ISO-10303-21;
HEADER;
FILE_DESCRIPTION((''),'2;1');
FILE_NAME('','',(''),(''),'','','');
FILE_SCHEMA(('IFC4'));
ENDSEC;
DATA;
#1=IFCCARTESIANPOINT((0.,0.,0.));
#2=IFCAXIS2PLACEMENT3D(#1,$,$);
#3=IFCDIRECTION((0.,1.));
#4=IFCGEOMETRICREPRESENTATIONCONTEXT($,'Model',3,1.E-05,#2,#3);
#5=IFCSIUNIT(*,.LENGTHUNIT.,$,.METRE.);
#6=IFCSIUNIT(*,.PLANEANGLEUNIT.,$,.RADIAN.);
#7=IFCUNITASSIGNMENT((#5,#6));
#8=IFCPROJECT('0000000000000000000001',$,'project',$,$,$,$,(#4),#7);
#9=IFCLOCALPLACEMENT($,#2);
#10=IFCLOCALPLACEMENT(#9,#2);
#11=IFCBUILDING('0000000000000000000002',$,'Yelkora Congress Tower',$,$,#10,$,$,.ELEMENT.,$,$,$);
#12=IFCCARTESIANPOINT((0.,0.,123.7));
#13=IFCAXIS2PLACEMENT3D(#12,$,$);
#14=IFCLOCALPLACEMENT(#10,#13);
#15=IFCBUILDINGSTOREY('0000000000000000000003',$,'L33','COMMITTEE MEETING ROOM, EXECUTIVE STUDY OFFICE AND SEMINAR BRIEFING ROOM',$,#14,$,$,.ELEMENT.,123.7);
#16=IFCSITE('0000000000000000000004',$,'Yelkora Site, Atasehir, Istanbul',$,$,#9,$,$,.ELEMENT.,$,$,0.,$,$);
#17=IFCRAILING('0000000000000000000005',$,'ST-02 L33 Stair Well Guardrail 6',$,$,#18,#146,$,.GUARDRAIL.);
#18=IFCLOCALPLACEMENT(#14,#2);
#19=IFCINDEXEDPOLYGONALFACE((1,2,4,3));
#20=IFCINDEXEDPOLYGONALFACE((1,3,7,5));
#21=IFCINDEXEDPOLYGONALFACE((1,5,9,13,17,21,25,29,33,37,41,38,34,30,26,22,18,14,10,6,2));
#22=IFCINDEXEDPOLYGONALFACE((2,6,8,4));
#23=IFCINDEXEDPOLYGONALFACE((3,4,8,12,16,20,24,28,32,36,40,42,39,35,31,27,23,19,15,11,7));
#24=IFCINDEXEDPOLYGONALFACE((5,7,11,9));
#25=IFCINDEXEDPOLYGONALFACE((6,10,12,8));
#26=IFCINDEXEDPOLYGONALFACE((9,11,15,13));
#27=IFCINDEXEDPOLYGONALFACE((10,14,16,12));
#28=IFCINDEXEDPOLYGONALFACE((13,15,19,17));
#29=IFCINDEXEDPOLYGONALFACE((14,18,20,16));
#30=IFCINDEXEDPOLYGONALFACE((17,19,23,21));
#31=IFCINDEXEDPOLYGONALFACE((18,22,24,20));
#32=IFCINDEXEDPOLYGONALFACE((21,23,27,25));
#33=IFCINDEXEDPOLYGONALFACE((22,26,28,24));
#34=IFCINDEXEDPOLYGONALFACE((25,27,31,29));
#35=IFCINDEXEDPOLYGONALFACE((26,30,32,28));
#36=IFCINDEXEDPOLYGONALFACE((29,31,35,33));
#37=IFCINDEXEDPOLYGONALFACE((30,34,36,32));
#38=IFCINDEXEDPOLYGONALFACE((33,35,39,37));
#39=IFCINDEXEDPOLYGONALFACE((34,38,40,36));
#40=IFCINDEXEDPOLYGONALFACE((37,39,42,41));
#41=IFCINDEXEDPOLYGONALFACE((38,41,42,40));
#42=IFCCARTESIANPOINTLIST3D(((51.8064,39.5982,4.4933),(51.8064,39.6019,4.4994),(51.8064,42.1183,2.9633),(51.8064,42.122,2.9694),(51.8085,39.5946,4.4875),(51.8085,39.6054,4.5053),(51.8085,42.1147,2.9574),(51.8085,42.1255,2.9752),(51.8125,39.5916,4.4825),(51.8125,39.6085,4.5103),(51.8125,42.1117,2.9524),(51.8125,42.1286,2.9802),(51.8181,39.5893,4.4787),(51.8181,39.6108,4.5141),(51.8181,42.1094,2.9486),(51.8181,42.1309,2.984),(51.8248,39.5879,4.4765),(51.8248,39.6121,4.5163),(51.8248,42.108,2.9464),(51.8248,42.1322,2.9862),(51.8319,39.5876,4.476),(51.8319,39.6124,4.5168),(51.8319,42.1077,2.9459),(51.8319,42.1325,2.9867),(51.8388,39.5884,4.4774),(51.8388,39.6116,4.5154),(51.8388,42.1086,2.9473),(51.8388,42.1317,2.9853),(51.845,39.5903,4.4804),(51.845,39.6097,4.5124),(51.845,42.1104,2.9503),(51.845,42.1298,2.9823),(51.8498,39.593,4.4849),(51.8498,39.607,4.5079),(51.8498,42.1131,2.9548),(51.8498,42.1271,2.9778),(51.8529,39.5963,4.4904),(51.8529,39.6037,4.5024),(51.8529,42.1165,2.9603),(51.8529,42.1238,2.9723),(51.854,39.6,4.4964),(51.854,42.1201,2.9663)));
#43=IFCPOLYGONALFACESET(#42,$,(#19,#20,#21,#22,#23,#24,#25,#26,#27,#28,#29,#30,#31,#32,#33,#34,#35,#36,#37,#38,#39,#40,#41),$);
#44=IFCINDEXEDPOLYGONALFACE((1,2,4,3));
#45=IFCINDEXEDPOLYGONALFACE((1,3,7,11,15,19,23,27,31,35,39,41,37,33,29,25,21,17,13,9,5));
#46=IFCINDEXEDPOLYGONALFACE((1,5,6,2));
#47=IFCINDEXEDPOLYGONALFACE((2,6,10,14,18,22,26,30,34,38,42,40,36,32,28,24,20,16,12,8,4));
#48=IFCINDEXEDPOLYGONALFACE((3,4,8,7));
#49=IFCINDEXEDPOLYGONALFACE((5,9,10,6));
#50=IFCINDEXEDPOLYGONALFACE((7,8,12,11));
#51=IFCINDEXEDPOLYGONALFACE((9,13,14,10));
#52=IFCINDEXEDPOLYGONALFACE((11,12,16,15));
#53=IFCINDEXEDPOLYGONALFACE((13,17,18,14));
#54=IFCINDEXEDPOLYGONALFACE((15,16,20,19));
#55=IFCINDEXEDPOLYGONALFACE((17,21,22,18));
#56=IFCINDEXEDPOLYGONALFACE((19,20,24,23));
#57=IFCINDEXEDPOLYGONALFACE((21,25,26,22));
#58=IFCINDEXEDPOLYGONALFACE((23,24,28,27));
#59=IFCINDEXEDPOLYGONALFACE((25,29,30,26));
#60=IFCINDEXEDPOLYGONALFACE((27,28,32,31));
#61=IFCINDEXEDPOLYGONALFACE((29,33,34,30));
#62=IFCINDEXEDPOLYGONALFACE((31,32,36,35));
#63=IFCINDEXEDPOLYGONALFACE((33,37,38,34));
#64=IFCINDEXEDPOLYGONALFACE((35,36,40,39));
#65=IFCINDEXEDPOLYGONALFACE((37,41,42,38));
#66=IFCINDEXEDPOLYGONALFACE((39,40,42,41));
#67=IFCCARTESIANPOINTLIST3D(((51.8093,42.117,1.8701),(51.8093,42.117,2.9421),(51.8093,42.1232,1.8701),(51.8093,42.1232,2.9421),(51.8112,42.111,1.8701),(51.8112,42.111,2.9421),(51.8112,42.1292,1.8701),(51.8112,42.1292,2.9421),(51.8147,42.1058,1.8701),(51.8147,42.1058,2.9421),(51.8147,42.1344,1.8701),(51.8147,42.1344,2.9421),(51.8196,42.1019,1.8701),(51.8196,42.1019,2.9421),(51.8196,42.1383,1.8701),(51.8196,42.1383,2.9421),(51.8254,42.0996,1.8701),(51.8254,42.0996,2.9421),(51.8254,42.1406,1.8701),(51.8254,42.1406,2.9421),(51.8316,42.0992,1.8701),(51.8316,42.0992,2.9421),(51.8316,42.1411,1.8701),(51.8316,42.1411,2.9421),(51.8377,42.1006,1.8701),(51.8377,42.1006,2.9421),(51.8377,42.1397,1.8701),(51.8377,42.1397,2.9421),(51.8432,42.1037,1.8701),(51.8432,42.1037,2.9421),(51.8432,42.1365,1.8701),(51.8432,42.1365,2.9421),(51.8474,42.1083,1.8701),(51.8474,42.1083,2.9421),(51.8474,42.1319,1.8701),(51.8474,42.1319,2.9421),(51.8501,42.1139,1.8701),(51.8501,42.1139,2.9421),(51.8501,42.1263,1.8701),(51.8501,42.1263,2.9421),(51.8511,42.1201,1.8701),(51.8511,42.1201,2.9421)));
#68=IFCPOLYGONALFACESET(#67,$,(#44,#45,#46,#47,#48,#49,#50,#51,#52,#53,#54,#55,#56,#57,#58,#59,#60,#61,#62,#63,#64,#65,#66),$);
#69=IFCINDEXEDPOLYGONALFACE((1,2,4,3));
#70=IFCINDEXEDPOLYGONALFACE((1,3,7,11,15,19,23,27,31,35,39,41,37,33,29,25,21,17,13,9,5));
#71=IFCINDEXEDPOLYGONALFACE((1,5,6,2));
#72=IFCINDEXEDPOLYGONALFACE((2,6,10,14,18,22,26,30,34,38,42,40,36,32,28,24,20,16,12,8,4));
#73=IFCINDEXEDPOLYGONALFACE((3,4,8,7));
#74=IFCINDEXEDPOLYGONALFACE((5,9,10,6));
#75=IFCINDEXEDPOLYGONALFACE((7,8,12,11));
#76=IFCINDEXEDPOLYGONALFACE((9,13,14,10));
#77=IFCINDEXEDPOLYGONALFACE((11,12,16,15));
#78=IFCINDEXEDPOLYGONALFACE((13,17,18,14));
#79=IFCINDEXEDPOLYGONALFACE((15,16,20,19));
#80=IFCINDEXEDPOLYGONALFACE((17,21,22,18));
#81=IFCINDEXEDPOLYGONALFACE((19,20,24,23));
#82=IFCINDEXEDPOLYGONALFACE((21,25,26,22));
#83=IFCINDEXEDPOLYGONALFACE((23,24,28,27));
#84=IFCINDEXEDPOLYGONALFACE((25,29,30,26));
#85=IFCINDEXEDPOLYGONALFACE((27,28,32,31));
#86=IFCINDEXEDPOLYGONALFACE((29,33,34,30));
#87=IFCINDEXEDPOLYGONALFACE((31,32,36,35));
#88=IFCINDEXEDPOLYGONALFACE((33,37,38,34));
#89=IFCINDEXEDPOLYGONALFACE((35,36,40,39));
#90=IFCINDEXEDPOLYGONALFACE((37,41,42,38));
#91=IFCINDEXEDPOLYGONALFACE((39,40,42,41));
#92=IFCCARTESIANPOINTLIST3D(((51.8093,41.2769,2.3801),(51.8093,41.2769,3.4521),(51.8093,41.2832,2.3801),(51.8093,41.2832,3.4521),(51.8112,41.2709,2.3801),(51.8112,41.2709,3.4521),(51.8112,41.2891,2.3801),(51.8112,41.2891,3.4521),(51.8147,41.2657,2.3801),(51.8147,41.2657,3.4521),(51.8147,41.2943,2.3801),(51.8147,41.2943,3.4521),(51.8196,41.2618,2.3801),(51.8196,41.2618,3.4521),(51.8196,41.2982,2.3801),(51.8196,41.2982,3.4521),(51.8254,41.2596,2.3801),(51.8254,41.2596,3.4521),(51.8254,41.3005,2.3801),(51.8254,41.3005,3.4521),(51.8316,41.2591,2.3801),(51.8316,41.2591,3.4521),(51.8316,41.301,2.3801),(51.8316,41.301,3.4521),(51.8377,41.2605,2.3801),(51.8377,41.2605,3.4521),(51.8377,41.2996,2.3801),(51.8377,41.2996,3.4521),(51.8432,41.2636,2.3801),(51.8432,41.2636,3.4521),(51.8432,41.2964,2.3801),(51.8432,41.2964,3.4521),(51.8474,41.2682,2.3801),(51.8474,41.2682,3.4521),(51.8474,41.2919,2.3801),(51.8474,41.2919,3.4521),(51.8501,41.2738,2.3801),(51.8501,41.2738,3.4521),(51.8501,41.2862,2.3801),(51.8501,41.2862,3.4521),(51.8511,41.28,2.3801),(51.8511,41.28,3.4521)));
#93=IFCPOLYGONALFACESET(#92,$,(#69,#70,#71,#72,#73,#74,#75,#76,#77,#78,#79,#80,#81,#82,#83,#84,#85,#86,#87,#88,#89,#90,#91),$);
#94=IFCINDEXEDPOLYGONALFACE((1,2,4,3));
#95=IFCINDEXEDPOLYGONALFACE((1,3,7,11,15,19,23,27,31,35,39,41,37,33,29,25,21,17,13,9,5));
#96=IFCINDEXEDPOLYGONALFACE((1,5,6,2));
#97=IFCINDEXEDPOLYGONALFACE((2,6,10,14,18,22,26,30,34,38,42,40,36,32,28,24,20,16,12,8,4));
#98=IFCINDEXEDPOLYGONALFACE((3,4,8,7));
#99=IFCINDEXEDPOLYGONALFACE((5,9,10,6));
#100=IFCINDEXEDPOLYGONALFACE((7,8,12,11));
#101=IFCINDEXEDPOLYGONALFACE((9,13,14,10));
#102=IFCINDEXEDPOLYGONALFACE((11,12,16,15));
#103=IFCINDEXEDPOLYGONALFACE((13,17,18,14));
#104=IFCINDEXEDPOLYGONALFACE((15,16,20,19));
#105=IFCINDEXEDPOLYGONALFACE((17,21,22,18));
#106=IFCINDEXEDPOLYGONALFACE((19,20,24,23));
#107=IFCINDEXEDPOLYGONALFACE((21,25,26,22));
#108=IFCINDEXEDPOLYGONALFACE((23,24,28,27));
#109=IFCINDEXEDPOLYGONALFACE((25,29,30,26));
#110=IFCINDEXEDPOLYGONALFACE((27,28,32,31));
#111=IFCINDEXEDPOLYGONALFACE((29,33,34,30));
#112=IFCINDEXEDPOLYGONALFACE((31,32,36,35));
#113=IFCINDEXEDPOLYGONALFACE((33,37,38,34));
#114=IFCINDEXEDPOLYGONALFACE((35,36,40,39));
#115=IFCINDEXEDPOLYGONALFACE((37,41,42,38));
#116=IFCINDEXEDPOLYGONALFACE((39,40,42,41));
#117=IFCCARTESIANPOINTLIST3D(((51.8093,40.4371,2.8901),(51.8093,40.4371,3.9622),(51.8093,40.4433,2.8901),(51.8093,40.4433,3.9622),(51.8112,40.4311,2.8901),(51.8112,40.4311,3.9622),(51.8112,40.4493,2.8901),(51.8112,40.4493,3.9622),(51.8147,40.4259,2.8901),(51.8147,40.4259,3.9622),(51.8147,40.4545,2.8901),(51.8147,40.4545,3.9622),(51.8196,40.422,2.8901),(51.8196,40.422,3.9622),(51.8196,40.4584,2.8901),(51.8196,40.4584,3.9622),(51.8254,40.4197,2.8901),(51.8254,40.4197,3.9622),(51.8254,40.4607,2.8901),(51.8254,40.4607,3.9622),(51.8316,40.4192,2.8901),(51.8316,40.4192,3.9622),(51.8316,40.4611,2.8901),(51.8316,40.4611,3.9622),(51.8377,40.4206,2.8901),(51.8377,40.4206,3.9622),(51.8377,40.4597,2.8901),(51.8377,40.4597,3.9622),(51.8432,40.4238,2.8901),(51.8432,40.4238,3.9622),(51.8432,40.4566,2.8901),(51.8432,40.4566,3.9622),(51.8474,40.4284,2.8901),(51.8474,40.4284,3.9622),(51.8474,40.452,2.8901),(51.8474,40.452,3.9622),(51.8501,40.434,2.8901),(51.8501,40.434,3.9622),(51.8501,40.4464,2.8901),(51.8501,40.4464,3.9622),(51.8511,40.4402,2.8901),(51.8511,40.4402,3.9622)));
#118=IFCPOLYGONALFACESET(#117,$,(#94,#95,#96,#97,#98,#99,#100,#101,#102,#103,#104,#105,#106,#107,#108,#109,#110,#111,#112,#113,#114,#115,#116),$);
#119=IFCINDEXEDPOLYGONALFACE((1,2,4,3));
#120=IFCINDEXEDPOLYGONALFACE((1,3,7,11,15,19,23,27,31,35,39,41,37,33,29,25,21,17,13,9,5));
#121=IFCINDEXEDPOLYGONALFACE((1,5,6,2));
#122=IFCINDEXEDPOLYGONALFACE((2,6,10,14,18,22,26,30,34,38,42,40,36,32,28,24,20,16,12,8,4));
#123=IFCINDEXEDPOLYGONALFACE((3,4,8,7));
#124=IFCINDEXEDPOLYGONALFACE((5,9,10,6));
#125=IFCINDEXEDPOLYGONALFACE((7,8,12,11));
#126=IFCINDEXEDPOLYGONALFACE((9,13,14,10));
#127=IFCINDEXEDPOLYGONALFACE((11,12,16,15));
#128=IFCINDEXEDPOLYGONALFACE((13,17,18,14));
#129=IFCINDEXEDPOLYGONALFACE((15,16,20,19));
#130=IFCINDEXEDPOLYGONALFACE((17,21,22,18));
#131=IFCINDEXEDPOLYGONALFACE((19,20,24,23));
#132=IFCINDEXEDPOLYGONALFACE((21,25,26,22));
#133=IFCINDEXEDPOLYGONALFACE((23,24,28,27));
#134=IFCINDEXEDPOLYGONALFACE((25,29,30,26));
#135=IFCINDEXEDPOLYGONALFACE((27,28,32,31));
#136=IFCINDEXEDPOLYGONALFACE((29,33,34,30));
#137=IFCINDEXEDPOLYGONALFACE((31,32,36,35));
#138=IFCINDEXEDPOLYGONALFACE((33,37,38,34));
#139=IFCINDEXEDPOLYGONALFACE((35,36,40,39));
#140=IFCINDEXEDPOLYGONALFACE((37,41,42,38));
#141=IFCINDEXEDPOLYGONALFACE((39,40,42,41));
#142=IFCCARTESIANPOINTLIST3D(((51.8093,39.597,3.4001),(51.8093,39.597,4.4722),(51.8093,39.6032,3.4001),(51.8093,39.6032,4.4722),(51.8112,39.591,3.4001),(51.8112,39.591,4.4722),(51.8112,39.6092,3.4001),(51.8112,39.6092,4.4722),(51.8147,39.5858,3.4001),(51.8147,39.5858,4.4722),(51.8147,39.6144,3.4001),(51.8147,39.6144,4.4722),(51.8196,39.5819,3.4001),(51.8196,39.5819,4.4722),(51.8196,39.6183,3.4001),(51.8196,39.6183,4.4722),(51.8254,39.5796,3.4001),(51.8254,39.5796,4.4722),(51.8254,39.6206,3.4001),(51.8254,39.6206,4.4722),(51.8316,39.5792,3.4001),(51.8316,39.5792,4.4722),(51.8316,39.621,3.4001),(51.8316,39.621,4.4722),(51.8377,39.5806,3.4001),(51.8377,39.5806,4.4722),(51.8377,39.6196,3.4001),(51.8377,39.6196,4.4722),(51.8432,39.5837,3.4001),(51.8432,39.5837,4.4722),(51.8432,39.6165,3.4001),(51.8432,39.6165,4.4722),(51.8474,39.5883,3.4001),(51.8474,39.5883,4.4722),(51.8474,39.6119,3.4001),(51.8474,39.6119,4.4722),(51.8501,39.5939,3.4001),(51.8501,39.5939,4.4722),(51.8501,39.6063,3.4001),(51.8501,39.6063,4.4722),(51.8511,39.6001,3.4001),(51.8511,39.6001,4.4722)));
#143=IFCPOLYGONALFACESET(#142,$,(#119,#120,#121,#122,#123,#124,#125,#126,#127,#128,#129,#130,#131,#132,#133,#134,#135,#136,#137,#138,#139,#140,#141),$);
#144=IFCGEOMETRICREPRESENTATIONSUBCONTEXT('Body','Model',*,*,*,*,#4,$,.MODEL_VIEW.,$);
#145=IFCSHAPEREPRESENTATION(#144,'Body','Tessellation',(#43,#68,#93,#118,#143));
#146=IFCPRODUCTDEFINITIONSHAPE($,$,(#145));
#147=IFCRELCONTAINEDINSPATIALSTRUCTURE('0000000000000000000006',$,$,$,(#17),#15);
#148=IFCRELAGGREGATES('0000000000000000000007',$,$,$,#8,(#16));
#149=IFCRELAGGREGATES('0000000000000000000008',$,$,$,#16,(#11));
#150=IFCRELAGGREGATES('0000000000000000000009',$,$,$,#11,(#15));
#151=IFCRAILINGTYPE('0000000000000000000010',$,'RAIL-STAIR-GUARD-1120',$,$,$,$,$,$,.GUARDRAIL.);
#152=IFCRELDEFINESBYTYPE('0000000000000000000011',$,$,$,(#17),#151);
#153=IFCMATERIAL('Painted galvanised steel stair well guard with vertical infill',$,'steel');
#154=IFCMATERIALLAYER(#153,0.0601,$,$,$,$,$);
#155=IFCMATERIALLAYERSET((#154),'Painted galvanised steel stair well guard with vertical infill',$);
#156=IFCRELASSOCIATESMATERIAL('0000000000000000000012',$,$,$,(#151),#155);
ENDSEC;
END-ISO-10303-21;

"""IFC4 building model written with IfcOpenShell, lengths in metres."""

from ifc_helpers import new_model, si_unit, direction, frame, origin, origin_2d, place, context, subcontext, project, spatial, circle, extrude, material, layer, layer_set, type_object, element, save


model = new_model("IFC4")

# Units and contexts
model_context = context("Model", 3, precision=1e-05, world=origin(), true_north=direction((0.0, 1.0)))
body_context = subcontext(model_context, "Body", "Model", "MODEL_VIEW")
ifc_project = project(units=[si_unit("LENGTHUNIT", "METRE"), si_unit("PLANEANGLEUNIT", "RADIAN")], contexts=[model_context])

# Site, building, storey
site_placement = place(None, origin())
site = spatial("IfcSite", under=ifc_project, at=site_placement, Name="Yelkora Site, Atasehir, Istanbul", CompositionType="ELEMENT", RefElevation=0.0)
building_placement = place(site_placement, origin())
building = spatial("IfcBuilding", under=site, at=building_placement, Name="Yelkora Congress Tower", CompositionType="ELEMENT")
storey_placement = place(building_placement, frame((0.0, 0.0, 123.7)))
storey = spatial("IfcBuildingStorey", under=building, at=storey_placement, Name="L33", Description="COMMITTEE MEETING ROOM, EXECUTIVE STUDY OFFICE AND SEMINAR BRIEFING ROOM", CompositionType="ELEMENT", Elevation=123.7)

# Railing
ifc_material_1 = material(Name="Painted galvanised steel stair well guard with vertical infill", Category="steel")
ifc_layer_1 = layer(ifc_material_1, 0.0601)
ifc_layer_set_1 = layer_set([ifc_layer_1], Name="Painted galvanised steel stair well guard with vertical infill")
railing_type_1 = type_object("IfcRailingType", Name="RAIL-STAIR-GUARD-1120", PredefinedType="GUARDRAIL", material=ifc_layer_set_1)
railing_1_placement = place(storey_placement, frame((51.8301, 42.1201, 1.8701)))
element("IfcRailing", 1, at=railing_1_placement, inside=storey, type_object=railing_type_1, Name="ST-02 L33 Stair Well Guardrail 6", PredefinedType="GUARDRAIL", context=body_context, shape_type="SweptSolid", body=[
    extrude(circle(Radius=0.0239, at=origin_2d()), frame((0.0, 0.0, 1.0962), z_axis=(0.0, -0.854785, 0.518982), x_axis=(1.0, 0.0, 0.0)), (0.0, 0.0, 1.0), 2.9482),
    extrude(circle(Radius=0.021, at=origin_2d()), origin(), (0.0, 0.0, 1.0), 1.072),
    extrude(circle(Radius=0.021, at=origin_2d()), frame((0.0, -0.8401, 0.51)), (0.0, 0.0, 1.0), 1.072),
    extrude(circle(Radius=0.021, at=origin_2d()), frame((0.0, -1.6799, 1.02)), (0.0, 0.0, 1.0), 1.072),
    extrude(circle(Radius=0.021, at=origin_2d()), frame((0.0, -2.52, 1.53)), (0.0, 0.0, 1.0), 1.072),
])

save(model, "model.ifc")
